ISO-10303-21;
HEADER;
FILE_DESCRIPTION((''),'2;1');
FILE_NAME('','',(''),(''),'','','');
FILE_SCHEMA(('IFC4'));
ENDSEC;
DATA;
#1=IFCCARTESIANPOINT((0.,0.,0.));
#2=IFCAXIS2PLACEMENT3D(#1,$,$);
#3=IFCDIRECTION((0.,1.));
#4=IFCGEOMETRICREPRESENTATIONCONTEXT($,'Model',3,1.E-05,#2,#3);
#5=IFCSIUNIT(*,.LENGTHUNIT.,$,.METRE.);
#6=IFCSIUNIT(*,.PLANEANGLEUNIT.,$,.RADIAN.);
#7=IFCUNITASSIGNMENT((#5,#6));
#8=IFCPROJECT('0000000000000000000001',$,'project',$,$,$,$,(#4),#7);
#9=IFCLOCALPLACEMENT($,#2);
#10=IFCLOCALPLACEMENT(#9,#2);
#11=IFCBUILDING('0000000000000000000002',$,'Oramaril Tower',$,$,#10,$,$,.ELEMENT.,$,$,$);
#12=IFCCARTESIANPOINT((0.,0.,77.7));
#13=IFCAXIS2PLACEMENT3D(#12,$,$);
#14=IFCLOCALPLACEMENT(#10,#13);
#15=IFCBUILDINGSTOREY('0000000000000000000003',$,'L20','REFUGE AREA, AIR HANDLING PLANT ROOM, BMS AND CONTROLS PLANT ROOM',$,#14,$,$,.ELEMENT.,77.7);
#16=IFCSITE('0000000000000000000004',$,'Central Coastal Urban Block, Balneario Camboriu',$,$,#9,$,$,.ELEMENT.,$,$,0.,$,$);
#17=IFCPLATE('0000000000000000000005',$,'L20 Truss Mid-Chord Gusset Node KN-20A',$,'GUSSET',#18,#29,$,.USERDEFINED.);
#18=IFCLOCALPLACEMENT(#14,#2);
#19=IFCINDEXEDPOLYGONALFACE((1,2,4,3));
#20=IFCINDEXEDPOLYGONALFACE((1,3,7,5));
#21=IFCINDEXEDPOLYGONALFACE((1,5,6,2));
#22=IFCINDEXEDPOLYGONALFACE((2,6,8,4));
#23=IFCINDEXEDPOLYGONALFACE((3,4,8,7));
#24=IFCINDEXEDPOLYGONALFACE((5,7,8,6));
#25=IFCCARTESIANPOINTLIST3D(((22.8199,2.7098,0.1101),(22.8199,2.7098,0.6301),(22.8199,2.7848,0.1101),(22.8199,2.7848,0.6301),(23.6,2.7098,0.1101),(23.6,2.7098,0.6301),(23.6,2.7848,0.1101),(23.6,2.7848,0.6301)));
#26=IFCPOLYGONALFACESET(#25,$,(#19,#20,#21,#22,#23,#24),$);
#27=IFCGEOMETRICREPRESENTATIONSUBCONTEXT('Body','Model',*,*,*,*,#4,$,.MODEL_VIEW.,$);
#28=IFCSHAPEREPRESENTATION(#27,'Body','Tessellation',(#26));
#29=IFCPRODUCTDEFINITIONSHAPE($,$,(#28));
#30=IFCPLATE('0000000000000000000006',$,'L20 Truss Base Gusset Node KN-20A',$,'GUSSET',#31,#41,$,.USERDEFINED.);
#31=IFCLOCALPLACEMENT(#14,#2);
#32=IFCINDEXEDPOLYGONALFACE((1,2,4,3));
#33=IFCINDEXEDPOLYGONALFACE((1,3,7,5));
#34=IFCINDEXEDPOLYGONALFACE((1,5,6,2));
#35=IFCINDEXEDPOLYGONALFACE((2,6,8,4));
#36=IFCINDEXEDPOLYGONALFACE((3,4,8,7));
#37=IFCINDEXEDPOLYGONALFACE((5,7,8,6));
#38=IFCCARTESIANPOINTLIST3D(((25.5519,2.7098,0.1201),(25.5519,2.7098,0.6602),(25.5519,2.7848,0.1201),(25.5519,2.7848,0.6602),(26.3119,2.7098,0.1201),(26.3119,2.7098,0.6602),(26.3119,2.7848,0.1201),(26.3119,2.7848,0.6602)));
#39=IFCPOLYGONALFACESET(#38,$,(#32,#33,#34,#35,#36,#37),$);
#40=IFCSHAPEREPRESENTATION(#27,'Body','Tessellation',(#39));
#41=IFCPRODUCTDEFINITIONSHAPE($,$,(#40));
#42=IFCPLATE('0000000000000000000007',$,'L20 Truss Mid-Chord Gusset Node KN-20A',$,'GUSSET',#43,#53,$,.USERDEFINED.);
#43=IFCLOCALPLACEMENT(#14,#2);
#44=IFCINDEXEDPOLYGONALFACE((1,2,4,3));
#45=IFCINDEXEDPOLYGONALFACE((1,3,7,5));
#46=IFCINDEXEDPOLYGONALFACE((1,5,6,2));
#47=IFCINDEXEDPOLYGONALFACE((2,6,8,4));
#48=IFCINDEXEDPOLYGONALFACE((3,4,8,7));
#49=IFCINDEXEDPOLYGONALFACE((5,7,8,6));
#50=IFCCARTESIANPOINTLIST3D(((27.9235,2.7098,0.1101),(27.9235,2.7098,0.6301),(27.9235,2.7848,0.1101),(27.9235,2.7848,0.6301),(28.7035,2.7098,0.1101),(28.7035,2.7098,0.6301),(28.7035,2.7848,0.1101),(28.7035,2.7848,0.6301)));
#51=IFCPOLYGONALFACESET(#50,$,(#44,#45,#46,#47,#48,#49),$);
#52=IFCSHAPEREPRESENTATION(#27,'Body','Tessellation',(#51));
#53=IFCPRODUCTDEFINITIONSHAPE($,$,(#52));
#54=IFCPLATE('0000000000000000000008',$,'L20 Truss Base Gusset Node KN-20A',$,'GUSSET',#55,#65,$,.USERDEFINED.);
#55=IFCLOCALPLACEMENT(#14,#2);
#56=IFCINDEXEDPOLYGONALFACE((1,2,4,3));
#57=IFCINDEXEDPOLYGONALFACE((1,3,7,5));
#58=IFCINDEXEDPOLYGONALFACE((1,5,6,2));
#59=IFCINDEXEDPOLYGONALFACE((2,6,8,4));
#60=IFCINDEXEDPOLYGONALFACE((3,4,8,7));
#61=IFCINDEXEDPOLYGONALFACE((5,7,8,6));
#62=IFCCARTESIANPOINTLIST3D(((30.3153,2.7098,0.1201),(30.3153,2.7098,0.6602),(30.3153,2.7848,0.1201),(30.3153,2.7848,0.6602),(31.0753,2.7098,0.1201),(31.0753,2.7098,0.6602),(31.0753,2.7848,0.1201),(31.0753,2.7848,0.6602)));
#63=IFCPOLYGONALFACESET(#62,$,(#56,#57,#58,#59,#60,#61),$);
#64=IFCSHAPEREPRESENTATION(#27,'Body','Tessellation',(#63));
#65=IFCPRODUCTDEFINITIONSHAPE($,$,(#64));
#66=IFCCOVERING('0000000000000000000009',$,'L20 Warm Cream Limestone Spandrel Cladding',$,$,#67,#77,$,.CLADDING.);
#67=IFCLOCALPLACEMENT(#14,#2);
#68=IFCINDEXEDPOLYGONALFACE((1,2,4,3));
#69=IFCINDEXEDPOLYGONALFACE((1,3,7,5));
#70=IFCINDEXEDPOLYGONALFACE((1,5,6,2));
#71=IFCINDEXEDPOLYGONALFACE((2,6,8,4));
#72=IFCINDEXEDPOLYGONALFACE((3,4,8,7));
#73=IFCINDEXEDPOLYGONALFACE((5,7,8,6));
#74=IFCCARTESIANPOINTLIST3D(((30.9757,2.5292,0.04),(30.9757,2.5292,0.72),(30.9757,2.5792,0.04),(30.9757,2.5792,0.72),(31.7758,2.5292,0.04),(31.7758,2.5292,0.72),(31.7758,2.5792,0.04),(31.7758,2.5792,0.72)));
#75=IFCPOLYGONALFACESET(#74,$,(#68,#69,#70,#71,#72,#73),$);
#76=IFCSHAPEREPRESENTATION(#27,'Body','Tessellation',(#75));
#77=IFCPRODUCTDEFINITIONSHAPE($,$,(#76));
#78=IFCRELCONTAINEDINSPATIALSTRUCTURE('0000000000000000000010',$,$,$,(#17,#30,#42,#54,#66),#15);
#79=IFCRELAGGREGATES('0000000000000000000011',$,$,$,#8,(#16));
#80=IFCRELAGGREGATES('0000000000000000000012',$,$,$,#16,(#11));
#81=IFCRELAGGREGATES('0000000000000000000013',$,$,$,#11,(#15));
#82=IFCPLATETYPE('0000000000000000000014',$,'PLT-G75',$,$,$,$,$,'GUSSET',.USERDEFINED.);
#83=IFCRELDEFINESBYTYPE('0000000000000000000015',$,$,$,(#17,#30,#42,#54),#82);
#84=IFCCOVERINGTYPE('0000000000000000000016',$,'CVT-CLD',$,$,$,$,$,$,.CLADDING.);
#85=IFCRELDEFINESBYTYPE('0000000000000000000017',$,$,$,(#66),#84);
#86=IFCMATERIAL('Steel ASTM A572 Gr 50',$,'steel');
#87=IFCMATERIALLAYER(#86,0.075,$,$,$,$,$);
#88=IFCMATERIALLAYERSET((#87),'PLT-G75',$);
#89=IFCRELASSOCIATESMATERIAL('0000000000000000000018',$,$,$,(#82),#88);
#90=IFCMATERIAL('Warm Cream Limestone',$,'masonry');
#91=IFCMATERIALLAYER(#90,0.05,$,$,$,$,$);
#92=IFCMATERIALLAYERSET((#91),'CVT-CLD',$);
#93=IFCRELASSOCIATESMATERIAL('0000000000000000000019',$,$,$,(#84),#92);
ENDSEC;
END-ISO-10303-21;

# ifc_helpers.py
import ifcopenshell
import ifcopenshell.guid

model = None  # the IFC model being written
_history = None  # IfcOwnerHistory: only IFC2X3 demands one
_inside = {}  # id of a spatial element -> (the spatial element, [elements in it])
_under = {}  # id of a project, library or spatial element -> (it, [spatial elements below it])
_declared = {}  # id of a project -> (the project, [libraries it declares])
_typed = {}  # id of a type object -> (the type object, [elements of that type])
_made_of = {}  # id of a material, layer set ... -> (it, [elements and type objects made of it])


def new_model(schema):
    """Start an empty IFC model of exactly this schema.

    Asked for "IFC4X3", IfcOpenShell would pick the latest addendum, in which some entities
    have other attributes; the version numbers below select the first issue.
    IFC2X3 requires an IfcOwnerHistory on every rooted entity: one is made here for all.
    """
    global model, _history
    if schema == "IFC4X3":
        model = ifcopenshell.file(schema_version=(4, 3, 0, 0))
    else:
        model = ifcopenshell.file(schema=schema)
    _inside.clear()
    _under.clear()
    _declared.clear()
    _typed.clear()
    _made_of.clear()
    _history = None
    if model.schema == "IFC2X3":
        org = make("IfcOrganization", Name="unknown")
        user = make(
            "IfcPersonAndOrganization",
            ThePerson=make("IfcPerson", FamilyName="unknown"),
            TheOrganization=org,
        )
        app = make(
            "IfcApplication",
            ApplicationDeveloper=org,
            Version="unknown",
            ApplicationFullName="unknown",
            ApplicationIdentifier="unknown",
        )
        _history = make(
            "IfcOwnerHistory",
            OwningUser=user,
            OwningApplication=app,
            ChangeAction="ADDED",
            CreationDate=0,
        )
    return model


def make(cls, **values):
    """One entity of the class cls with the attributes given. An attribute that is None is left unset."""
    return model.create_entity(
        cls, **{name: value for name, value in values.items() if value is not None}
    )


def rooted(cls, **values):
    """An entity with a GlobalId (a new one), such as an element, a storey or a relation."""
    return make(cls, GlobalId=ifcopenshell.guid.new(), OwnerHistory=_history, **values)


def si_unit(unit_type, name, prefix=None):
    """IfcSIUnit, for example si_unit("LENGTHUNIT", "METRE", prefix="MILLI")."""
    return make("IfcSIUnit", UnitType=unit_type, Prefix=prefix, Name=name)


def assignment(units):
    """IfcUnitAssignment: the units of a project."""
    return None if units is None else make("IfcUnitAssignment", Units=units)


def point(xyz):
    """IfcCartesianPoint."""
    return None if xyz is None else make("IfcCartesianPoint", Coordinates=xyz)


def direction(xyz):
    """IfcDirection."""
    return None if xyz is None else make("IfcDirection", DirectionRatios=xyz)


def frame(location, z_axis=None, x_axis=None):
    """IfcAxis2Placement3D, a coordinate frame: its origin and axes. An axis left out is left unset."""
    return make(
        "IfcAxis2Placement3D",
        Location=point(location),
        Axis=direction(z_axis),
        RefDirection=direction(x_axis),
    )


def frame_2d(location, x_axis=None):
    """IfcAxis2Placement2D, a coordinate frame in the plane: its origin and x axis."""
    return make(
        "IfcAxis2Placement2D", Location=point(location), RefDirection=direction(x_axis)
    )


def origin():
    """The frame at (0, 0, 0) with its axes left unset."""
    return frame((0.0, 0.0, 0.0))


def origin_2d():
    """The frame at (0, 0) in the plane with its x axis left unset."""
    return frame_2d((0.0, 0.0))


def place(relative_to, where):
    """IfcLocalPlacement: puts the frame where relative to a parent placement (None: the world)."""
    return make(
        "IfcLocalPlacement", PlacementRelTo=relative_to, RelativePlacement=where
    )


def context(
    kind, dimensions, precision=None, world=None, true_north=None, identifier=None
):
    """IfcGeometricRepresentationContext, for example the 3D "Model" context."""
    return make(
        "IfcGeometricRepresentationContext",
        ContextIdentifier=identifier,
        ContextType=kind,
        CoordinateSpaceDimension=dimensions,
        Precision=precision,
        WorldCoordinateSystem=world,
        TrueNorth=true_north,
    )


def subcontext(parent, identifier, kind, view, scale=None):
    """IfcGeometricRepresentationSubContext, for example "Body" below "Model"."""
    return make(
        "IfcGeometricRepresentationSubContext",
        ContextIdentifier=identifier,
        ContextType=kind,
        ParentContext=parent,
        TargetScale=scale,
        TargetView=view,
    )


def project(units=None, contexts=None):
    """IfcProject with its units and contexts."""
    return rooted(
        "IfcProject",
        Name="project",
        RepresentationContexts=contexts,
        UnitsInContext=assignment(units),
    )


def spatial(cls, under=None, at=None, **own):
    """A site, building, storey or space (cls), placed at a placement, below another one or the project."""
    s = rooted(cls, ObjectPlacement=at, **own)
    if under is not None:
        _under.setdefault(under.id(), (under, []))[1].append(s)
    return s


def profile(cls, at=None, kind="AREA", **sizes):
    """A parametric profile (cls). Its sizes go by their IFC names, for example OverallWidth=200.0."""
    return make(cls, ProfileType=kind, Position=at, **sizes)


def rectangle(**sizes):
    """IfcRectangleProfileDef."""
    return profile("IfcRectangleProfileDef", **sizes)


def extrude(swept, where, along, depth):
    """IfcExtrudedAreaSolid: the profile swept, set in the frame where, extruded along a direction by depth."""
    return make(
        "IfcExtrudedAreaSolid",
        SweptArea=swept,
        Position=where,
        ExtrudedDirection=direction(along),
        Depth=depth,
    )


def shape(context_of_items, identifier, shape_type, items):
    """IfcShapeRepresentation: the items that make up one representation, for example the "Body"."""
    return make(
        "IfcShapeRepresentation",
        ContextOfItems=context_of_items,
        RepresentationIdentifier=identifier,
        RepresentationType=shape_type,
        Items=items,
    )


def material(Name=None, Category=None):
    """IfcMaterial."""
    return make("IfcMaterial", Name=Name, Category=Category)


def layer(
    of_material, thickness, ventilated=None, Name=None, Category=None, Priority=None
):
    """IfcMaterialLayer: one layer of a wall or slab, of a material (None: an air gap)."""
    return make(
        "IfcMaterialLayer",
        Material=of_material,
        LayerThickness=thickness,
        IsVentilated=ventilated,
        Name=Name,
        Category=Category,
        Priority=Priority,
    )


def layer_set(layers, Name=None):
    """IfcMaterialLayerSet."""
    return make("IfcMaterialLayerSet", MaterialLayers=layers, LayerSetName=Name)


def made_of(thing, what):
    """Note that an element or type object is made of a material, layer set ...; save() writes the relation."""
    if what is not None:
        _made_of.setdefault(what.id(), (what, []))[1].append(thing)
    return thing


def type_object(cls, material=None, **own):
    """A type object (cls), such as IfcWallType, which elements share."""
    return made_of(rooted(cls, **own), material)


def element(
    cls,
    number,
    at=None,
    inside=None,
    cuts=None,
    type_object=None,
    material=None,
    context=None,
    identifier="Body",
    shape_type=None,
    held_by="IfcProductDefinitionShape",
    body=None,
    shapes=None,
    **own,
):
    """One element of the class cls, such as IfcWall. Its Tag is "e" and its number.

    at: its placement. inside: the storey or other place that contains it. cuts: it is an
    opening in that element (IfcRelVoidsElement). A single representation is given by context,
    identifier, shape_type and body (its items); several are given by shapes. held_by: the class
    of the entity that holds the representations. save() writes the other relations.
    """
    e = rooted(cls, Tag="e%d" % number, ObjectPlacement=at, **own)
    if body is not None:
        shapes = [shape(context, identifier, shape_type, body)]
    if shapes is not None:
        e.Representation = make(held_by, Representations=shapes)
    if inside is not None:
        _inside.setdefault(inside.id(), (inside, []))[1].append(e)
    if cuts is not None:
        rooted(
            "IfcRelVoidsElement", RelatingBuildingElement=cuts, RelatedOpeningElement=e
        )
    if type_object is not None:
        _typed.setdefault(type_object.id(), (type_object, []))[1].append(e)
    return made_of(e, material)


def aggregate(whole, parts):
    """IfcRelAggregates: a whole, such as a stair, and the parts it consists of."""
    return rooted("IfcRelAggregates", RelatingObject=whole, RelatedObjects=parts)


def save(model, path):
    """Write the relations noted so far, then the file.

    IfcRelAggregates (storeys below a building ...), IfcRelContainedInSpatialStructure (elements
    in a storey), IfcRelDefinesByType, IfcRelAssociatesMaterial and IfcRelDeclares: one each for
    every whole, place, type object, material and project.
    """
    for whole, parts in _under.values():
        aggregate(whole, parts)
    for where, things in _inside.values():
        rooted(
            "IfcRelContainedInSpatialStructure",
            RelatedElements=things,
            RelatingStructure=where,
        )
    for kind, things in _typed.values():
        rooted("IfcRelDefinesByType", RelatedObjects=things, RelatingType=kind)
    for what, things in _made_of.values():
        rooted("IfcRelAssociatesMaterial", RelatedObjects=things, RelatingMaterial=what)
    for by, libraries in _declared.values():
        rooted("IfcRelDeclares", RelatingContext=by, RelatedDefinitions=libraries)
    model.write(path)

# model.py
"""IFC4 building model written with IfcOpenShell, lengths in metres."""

from ifc_helpers import new_model, si_unit, direction, frame, origin, origin_2d, place, context, subcontext, project, spatial, rectangle, extrude, material, layer, layer_set, type_object, element, save


model = new_model("IFC4")

# Units and contexts
model_context = context("Model", 3, precision=1e-05, world=origin(), true_north=direction((0.0, 1.0)))
body_context = subcontext(model_context, "Body", "Model", "MODEL_VIEW")
ifc_project = project(units=[si_unit("LENGTHUNIT", "METRE"), si_unit("PLANEANGLEUNIT", "RADIAN")], contexts=[model_context])

# Site, building, storey
site_placement = place(None, origin())
site = spatial("IfcSite", under=ifc_project, at=site_placement, Name="Central Coastal Urban Block, Balneario Camboriu", CompositionType="ELEMENT", RefElevation=0.0)
building_placement = place(site_placement, origin())
building = spatial("IfcBuilding", under=site, at=building_placement, Name="Oramaril Tower", CompositionType="ELEMENT")
storey_placement = place(building_placement, frame((0.0, 0.0, 77.7)))
storey = spatial("IfcBuildingStorey", under=building, at=storey_placement, Name="L20", Description="REFUGE AREA, AIR HANDLING PLANT ROOM, BMS AND CONTROLS PLANT ROOM", CompositionType="ELEMENT", Elevation=77.7)

# Plates
ifc_material_1 = material(Name="Steel ASTM A572 Gr 50", Category="steel")
ifc_layer_1 = layer(ifc_material_1, 0.075)
ifc_layer_set_1 = layer_set([ifc_layer_1], Name="PLT-G75")
plate_type = type_object("IfcPlateType", Name="PLT-G75", ElementType="GUSSET", PredefinedType="USERDEFINED", material=ifc_layer_set_1)
plate_1_placement = place(storey_placement, frame((23.21, 2.7473, 0.1101), z_axis=(0.0, 0.0, 1.0), x_axis=(1.0, 0.0, 0.0)))
element("IfcPlate", 1, at=plate_1_placement, inside=storey, type_object=plate_type, Name="L20 Truss Mid-Chord Gusset Node KN-20A", ObjectType="GUSSET", PredefinedType="USERDEFINED", context=body_context, shape_type="SweptSolid", body=[
    extrude(rectangle(XDim=0.78, YDim=0.075, at=origin_2d()), origin(), (0.0, 0.0, 1.0), 0.52),
])
plate_2_placement = place(storey_placement, frame((25.9319, 2.7473, 0.1201), z_axis=(0.0, 0.0, 1.0), x_axis=(1.0, 0.0, 0.0)))
element("IfcPlate", 2, at=plate_2_placement, inside=storey, type_object=plate_type, Name="L20 Truss Base Gusset Node KN-20A", ObjectType="GUSSET", PredefinedType="USERDEFINED", context=body_context, shape_type="SweptSolid", body=[
    extrude(rectangle(XDim=0.76, YDim=0.075, at=origin_2d()), origin(), (0.0, 0.0, 1.0), 0.54),
])
plate_3_placement = place(storey_placement, frame((28.3135, 2.7473, 0.1101), z_axis=(0.0, 0.0, 1.0), x_axis=(1.0, 0.0, 0.0)))
element("IfcPlate", 3, at=plate_3_placement, inside=storey, type_object=plate_type, Name="L20 Truss Mid-Chord Gusset Node KN-20A", ObjectType="GUSSET", PredefinedType="USERDEFINED", context=body_context, shape_type="SweptSolid", body=[
    extrude(rectangle(XDim=0.78, YDim=0.075, at=origin_2d()), origin(), (0.0, 0.0, 1.0), 0.52),
])
plate_4_placement = place(storey_placement, frame((30.6953, 2.7473, 0.1201), z_axis=(0.0, 0.0, 1.0), x_axis=(1.0, 0.0, 0.0)))
element("IfcPlate", 4, at=plate_4_placement, inside=storey, type_object=plate_type, Name="L20 Truss Base Gusset Node KN-20A", ObjectType="GUSSET", PredefinedType="USERDEFINED", context=body_context, shape_type="SweptSolid", body=[
    extrude(rectangle(XDim=0.76, YDim=0.075, at=origin_2d()), origin(), (0.0, 0.0, 1.0), 0.54),
])

# Covering
ifc_material_2 = material(Name="Warm Cream Limestone", Category="masonry")
ifc_layer_2 = layer(ifc_material_2, 0.05)
ifc_layer_set_2 = layer_set([ifc_layer_2], Name="CVT-CLD")
covering_type = type_object("IfcCoveringType", Name="CVT-CLD", PredefinedType="CLADDING", material=ifc_layer_set_2)
covering_placement = place(storey_placement, frame((31.3757, 2.5542, 0.04), z_axis=(0.0, 0.0, 1.0), x_axis=(1.0, 0.0, 0.0)))
element("IfcCovering", 5, at=covering_placement, inside=storey, type_object=covering_type, Name="L20 Warm Cream Limestone Spandrel Cladding", PredefinedType="CLADDING", context=body_context, shape_type="SweptSolid", body=[
    extrude(rectangle(XDim=0.8, YDim=0.05, at=origin_2d()), origin(), (0.0, 0.0, 1.0), 0.6799),
])

save(model, "model.ifc")
